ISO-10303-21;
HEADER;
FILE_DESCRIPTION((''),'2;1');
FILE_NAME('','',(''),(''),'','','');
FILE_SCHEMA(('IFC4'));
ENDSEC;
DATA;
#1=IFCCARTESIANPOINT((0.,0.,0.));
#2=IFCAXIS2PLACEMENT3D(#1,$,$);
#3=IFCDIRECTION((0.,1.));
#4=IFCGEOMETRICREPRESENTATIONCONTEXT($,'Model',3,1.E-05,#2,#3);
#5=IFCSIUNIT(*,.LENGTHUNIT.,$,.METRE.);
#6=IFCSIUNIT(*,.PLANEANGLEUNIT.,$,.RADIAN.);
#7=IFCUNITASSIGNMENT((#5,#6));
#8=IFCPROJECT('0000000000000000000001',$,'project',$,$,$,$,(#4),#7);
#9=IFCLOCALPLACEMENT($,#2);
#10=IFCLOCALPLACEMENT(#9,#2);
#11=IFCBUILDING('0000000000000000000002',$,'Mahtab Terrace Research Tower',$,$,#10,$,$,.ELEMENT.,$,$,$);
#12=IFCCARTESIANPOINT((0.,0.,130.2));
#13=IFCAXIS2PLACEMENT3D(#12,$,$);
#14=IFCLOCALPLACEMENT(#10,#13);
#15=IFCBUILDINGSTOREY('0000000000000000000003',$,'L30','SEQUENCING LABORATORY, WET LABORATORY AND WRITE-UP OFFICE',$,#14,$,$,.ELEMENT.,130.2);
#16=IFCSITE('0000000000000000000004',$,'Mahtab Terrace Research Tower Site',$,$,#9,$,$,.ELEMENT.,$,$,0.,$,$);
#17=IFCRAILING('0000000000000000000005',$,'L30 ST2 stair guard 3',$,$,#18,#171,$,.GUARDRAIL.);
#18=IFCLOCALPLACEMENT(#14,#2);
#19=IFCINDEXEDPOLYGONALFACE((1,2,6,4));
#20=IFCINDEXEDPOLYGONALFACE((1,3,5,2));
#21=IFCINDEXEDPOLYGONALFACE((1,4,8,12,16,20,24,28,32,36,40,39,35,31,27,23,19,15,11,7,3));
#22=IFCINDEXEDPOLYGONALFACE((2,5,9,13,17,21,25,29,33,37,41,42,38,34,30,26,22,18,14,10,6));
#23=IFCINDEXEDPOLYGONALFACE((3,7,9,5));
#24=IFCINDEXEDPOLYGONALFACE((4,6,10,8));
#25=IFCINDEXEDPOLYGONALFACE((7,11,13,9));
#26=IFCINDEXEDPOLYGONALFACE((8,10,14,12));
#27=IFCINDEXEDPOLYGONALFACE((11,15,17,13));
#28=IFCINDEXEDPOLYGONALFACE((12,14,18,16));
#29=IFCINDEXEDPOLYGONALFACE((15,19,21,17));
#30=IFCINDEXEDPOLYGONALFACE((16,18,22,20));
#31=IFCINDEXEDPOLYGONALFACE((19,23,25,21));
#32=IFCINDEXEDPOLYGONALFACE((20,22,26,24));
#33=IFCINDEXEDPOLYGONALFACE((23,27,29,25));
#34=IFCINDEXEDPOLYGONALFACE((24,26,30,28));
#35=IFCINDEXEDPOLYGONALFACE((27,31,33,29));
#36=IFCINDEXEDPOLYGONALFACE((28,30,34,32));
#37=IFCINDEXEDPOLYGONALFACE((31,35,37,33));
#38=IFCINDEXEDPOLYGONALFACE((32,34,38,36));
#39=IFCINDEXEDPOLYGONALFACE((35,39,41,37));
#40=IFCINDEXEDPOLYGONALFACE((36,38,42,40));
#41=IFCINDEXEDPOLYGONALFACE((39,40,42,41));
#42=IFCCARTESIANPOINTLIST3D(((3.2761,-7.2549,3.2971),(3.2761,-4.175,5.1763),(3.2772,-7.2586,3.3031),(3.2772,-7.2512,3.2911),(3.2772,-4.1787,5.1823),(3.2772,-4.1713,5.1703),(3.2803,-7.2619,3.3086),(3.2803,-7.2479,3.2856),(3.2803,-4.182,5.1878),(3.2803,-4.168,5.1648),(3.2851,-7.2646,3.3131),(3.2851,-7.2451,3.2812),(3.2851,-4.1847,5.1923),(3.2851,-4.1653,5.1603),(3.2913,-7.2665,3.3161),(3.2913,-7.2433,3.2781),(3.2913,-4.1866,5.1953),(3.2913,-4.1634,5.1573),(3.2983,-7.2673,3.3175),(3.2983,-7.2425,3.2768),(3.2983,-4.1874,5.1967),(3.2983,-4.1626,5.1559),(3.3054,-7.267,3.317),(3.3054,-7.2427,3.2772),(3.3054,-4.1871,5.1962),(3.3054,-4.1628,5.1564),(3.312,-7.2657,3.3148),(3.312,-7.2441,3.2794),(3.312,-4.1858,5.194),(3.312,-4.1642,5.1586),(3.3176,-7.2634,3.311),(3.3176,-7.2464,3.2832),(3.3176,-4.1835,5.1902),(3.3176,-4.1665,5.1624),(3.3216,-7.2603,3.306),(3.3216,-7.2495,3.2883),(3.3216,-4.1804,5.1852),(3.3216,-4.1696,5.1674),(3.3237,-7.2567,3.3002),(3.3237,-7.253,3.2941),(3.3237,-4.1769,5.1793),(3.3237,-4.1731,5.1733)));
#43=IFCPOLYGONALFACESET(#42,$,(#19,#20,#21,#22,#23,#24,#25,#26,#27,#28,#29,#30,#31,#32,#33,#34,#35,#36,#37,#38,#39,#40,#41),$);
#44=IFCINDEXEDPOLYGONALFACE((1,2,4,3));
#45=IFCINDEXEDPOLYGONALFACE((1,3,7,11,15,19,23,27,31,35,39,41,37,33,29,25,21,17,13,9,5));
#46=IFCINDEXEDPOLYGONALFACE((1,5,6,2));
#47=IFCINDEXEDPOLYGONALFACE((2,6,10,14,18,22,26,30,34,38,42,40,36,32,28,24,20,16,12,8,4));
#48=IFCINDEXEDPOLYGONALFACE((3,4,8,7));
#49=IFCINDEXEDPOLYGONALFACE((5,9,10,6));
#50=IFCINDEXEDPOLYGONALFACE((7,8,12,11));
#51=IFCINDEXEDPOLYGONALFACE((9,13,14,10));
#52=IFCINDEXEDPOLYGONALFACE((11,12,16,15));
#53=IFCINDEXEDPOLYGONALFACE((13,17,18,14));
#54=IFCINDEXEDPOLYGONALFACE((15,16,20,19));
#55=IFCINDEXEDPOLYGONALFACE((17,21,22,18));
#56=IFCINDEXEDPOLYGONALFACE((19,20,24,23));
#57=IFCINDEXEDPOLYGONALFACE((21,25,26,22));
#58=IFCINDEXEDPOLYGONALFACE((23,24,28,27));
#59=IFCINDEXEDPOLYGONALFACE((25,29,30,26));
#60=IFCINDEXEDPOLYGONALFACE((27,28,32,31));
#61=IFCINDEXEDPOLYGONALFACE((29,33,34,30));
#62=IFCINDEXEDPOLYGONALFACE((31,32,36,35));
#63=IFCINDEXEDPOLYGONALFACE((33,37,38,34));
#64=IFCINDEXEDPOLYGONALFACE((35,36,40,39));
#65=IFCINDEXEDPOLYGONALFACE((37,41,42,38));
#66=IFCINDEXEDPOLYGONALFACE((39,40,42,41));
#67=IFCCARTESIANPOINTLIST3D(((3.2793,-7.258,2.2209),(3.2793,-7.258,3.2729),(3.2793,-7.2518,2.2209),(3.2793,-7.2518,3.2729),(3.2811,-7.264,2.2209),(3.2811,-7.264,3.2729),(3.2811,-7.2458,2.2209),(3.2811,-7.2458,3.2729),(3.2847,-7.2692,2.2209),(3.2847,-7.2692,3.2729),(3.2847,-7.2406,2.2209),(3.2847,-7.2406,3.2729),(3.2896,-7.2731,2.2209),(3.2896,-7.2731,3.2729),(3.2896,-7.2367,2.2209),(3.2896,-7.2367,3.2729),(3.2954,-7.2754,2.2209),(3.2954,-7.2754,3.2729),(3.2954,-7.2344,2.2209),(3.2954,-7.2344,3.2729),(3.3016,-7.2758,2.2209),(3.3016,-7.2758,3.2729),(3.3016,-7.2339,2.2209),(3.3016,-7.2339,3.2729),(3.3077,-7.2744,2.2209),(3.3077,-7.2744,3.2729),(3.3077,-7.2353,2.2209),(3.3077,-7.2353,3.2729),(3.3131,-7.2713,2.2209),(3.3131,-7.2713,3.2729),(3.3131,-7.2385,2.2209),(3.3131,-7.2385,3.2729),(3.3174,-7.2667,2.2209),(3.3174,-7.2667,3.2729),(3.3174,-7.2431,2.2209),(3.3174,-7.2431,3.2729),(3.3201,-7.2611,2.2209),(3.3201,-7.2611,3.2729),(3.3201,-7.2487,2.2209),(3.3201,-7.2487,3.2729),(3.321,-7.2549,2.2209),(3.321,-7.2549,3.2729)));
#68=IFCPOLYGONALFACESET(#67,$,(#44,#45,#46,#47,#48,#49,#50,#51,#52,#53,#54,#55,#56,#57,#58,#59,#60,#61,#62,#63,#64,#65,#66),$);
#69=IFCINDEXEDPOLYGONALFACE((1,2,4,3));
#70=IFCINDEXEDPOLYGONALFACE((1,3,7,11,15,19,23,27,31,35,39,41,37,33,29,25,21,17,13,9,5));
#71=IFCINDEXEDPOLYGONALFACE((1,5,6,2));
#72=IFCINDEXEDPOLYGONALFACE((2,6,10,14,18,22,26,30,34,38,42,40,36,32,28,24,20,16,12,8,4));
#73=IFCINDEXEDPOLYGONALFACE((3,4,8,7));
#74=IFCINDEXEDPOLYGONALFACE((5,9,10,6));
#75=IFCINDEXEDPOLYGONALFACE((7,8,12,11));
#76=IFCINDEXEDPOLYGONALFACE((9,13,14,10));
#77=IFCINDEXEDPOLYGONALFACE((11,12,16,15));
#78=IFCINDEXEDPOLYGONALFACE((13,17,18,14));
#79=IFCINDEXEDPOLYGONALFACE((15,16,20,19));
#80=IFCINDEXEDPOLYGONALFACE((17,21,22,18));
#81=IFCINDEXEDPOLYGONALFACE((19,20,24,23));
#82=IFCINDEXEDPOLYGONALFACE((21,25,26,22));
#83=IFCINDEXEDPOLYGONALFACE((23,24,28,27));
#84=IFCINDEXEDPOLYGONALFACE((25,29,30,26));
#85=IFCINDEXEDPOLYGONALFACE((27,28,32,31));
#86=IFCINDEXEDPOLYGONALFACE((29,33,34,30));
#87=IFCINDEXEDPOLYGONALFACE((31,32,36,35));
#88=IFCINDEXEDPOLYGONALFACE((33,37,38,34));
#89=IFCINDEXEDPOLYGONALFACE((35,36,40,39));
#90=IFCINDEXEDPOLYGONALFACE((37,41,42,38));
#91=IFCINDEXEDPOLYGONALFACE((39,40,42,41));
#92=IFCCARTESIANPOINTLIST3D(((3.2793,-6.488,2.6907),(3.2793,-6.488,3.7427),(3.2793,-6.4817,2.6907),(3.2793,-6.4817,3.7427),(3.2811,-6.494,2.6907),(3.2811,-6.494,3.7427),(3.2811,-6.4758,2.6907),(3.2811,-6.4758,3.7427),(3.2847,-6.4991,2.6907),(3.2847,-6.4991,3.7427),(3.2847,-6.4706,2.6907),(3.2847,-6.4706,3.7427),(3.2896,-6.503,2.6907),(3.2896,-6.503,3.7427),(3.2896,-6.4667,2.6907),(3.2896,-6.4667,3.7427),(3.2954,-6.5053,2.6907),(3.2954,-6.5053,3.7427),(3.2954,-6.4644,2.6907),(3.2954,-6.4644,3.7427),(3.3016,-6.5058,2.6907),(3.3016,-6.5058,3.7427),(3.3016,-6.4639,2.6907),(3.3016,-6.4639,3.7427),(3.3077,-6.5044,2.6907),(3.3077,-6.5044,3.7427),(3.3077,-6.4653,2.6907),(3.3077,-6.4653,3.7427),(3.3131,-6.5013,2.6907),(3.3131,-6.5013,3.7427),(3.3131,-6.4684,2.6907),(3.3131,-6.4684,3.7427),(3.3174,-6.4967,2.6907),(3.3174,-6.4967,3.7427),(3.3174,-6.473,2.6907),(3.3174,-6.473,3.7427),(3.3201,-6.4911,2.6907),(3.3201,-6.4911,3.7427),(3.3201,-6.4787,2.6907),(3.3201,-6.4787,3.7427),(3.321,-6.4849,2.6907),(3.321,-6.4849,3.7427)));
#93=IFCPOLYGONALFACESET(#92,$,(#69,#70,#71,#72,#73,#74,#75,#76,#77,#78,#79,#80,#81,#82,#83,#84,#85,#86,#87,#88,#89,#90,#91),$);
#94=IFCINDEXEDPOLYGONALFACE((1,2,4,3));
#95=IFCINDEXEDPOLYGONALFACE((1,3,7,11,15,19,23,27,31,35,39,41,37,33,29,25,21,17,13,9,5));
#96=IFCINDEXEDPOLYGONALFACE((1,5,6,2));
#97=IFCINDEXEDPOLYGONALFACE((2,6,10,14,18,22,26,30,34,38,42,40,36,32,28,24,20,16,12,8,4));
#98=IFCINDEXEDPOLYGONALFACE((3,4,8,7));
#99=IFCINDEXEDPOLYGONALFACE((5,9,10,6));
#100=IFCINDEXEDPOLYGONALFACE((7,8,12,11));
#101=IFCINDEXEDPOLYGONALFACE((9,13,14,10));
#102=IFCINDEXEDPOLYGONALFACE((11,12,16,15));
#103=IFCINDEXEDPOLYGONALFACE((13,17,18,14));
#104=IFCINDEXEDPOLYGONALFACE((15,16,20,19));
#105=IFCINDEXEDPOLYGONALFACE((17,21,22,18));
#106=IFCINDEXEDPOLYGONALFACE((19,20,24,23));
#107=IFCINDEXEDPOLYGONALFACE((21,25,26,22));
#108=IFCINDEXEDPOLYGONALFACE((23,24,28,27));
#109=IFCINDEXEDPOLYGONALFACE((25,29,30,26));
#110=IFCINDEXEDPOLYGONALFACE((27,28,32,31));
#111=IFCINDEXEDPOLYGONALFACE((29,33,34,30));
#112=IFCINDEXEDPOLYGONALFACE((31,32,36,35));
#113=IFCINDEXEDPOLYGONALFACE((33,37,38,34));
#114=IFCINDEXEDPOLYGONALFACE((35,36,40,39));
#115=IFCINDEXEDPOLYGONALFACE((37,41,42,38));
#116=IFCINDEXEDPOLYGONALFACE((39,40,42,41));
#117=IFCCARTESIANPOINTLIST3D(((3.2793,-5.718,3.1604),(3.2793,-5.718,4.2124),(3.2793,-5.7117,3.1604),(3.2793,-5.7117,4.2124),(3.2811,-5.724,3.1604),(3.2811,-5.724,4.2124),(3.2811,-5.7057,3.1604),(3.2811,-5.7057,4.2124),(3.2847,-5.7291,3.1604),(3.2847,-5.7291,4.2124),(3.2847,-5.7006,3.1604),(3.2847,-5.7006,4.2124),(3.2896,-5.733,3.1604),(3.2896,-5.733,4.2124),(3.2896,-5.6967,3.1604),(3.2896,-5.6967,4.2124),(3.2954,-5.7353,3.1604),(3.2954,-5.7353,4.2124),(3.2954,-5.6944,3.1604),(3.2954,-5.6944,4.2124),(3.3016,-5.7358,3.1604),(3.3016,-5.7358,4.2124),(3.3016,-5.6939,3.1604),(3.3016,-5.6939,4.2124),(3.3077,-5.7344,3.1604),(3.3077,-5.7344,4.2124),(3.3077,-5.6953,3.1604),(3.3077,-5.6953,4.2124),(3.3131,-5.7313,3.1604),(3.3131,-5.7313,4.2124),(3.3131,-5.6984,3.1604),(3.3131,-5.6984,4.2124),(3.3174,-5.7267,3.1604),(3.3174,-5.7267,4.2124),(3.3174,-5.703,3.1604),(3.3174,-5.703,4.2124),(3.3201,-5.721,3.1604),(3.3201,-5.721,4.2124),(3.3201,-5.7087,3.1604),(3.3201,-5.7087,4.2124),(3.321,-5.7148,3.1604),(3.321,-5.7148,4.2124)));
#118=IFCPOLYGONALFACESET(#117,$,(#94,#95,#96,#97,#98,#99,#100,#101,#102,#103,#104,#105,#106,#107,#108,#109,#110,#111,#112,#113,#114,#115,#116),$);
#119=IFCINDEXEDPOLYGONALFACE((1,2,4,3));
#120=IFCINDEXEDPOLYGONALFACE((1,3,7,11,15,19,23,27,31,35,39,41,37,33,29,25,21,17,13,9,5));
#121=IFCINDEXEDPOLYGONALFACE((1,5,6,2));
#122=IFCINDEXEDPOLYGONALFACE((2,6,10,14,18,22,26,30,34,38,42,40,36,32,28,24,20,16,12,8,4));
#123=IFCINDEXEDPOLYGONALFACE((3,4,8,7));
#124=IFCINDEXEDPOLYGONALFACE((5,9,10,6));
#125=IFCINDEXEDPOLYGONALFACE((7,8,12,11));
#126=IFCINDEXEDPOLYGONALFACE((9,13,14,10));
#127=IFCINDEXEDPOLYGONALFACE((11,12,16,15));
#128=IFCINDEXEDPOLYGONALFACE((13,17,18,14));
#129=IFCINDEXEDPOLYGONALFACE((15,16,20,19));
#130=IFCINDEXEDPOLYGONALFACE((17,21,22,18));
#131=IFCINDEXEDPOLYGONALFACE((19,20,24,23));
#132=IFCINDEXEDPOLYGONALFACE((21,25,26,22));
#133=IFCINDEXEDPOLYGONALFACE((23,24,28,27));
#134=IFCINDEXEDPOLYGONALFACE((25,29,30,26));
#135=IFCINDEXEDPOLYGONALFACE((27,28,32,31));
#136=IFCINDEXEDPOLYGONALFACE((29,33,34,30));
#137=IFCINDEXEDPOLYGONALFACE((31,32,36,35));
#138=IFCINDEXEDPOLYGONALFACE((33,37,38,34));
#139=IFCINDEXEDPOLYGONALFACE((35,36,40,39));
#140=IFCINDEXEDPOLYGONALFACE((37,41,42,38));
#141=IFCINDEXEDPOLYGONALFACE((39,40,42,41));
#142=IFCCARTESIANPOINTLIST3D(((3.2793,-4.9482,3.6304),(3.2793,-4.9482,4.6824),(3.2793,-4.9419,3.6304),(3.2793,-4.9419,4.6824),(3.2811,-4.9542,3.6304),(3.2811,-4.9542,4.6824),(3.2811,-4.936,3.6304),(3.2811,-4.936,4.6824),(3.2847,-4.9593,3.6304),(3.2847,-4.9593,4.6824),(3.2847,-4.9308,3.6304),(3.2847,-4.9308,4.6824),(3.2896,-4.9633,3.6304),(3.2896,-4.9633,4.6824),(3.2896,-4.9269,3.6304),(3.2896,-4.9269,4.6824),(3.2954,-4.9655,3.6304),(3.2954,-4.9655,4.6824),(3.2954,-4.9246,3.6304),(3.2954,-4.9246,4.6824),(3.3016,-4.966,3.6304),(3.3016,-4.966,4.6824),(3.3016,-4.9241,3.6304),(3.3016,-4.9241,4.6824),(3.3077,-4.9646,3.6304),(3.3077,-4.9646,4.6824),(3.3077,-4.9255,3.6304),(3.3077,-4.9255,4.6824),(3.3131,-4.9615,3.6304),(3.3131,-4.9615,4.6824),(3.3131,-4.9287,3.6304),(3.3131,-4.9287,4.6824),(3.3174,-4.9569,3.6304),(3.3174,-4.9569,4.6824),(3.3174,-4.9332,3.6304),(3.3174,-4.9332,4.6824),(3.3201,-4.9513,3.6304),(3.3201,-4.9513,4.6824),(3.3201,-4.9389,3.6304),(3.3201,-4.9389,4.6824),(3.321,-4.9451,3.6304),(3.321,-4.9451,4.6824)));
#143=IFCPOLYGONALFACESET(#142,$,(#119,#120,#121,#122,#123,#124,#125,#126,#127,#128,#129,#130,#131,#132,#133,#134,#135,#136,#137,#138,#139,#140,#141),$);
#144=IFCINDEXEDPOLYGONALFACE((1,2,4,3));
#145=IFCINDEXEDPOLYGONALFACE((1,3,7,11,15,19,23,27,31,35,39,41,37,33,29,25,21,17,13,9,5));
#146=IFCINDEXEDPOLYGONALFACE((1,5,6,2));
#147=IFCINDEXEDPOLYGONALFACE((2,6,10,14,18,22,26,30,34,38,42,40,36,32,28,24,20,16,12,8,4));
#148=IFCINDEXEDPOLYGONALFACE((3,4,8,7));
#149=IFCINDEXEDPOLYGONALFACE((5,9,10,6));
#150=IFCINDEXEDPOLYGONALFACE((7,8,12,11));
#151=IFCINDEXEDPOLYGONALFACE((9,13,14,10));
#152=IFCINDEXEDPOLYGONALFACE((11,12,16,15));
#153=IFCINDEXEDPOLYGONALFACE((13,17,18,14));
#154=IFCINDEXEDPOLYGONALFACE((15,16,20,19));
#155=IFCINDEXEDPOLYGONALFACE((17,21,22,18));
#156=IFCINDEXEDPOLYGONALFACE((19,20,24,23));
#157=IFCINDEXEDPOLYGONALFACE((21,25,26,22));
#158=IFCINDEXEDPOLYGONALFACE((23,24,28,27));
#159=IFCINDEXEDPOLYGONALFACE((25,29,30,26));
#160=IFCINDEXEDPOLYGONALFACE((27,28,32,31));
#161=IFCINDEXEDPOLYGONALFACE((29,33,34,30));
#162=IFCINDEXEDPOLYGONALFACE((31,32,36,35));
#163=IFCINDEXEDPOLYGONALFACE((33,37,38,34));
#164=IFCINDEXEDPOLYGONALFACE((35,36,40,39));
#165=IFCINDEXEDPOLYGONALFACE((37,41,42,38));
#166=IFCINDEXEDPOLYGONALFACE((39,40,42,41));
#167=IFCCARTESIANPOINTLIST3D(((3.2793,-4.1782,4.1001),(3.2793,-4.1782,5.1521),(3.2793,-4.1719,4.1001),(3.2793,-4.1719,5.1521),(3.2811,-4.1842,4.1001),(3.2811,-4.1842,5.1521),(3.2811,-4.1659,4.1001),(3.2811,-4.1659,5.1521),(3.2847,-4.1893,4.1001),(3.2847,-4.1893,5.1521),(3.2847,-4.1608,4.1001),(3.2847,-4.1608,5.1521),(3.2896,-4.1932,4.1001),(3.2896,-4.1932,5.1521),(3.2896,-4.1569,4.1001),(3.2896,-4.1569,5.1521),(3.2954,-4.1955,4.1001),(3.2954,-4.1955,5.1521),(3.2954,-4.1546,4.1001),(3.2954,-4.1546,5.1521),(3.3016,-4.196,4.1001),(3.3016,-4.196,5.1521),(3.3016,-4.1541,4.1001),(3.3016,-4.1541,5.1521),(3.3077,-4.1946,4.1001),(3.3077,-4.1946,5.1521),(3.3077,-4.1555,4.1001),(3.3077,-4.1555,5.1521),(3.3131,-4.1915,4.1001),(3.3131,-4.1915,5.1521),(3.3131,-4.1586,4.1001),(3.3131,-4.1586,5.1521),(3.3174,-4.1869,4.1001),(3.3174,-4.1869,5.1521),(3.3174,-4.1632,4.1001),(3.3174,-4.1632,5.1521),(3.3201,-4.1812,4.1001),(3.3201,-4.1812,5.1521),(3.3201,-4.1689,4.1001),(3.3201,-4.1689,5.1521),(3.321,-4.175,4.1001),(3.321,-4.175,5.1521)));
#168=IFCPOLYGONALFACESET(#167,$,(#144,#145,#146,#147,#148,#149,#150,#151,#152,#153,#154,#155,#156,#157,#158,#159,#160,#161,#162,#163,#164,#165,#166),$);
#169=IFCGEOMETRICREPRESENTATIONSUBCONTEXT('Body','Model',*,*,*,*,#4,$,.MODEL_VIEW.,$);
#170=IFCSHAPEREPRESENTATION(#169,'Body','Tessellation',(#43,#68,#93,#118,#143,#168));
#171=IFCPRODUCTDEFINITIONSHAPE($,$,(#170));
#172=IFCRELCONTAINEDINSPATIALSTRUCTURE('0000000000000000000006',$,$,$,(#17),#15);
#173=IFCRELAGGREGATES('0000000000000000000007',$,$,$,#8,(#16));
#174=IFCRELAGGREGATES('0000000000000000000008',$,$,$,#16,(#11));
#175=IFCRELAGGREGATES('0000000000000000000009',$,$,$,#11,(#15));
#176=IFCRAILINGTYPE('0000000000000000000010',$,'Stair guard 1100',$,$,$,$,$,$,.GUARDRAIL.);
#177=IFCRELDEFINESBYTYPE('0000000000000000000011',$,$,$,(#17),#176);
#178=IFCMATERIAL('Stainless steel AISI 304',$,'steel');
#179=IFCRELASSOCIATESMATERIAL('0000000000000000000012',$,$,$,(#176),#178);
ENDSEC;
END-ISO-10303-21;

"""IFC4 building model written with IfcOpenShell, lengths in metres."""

from ifc_helpers import new_model, si_unit, direction, frame, origin, origin_2d, place, context, subcontext, project, spatial, circle, extrude, material, type_object, element, save


model = new_model("IFC4")

# Units and contexts
model_context = context("Model", 3, precision=1e-05, world=origin(), true_north=direction((0.0, 1.0)))
body_context = subcontext(model_context, "Body", "Model", "MODEL_VIEW")
ifc_project = project(units=[si_unit("LENGTHUNIT", "METRE"), si_unit("PLANEANGLEUNIT", "RADIAN")], contexts=[model_context])

# Site, building, storey
site_placement = place(None, origin())
site = spatial("IfcSite", under=ifc_project, at=site_placement, Name="Mahtab Terrace Research Tower Site", CompositionType="ELEMENT", RefElevation=0.0)
building_placement = place(site_placement, origin())
building = spatial("IfcBuilding", under=site, at=building_placement, Name="Mahtab Terrace Research Tower", CompositionType="ELEMENT")
storey_placement = place(building_placement, frame((0.0, 0.0, 130.2)))
storey = spatial("IfcBuildingStorey", under=building, at=storey_placement, Name="L30", Description="SEQUENCING LABORATORY, WET LABORATORY AND WRITE-UP OFFICE", CompositionType="ELEMENT", Elevation=130.2)

# Railing
ifc_material_1 = material(Name="Stainless steel AISI 304", Category="steel")
railing_type_1 = type_object("IfcRailingType", Name="Stair guard 1100", PredefinedType="GUARDRAIL", material=ifc_material_1)
railing_1_placement = place(storey_placement, frame((3.3, -7.2549, 2.2209)))
element("IfcRailing", 1, at=railing_1_placement, inside=storey, type_object=railing_type_1, Name="L30 ST2 stair guard 3", PredefinedType="GUARDRAIL", context=body_context, shape_type="SweptSolid", body=[
    extrude(circle(Radius=0.0239, at=origin_2d()), frame((0.0, 0.0, 1.0762), z_axis=(0.0, 0.853648, 0.52085), x_axis=(-1.0, 0.0, 0.0)), (0.0, 0.0, 1.0), 3.6079),
    extrude(circle(Radius=0.021, at=origin_2d()), origin(), (0.0, 0.0, 1.0), 1.052),
    extrude(circle(Radius=0.021, at=origin_2d()), frame((0.0, 0.77, 0.4697)), (0.0, 0.0, 1.0), 1.052),
    extrude(circle(Radius=0.021, at=origin_2d()), frame((0.0, 1.54, 0.9395)), (0.0, 0.0, 1.0), 1.052),
    extrude(circle(Radius=0.021, at=origin_2d()), frame((0.0, 2.3098, 1.4094)), (0.0, 0.0, 1.0), 1.052),
    extrude(circle(Radius=0.021, at=origin_2d()), frame((0.0, 3.0798, 1.8792)), (0.0, 0.0, 1.0), 1.052),
])

save(model, "model.ifc")
